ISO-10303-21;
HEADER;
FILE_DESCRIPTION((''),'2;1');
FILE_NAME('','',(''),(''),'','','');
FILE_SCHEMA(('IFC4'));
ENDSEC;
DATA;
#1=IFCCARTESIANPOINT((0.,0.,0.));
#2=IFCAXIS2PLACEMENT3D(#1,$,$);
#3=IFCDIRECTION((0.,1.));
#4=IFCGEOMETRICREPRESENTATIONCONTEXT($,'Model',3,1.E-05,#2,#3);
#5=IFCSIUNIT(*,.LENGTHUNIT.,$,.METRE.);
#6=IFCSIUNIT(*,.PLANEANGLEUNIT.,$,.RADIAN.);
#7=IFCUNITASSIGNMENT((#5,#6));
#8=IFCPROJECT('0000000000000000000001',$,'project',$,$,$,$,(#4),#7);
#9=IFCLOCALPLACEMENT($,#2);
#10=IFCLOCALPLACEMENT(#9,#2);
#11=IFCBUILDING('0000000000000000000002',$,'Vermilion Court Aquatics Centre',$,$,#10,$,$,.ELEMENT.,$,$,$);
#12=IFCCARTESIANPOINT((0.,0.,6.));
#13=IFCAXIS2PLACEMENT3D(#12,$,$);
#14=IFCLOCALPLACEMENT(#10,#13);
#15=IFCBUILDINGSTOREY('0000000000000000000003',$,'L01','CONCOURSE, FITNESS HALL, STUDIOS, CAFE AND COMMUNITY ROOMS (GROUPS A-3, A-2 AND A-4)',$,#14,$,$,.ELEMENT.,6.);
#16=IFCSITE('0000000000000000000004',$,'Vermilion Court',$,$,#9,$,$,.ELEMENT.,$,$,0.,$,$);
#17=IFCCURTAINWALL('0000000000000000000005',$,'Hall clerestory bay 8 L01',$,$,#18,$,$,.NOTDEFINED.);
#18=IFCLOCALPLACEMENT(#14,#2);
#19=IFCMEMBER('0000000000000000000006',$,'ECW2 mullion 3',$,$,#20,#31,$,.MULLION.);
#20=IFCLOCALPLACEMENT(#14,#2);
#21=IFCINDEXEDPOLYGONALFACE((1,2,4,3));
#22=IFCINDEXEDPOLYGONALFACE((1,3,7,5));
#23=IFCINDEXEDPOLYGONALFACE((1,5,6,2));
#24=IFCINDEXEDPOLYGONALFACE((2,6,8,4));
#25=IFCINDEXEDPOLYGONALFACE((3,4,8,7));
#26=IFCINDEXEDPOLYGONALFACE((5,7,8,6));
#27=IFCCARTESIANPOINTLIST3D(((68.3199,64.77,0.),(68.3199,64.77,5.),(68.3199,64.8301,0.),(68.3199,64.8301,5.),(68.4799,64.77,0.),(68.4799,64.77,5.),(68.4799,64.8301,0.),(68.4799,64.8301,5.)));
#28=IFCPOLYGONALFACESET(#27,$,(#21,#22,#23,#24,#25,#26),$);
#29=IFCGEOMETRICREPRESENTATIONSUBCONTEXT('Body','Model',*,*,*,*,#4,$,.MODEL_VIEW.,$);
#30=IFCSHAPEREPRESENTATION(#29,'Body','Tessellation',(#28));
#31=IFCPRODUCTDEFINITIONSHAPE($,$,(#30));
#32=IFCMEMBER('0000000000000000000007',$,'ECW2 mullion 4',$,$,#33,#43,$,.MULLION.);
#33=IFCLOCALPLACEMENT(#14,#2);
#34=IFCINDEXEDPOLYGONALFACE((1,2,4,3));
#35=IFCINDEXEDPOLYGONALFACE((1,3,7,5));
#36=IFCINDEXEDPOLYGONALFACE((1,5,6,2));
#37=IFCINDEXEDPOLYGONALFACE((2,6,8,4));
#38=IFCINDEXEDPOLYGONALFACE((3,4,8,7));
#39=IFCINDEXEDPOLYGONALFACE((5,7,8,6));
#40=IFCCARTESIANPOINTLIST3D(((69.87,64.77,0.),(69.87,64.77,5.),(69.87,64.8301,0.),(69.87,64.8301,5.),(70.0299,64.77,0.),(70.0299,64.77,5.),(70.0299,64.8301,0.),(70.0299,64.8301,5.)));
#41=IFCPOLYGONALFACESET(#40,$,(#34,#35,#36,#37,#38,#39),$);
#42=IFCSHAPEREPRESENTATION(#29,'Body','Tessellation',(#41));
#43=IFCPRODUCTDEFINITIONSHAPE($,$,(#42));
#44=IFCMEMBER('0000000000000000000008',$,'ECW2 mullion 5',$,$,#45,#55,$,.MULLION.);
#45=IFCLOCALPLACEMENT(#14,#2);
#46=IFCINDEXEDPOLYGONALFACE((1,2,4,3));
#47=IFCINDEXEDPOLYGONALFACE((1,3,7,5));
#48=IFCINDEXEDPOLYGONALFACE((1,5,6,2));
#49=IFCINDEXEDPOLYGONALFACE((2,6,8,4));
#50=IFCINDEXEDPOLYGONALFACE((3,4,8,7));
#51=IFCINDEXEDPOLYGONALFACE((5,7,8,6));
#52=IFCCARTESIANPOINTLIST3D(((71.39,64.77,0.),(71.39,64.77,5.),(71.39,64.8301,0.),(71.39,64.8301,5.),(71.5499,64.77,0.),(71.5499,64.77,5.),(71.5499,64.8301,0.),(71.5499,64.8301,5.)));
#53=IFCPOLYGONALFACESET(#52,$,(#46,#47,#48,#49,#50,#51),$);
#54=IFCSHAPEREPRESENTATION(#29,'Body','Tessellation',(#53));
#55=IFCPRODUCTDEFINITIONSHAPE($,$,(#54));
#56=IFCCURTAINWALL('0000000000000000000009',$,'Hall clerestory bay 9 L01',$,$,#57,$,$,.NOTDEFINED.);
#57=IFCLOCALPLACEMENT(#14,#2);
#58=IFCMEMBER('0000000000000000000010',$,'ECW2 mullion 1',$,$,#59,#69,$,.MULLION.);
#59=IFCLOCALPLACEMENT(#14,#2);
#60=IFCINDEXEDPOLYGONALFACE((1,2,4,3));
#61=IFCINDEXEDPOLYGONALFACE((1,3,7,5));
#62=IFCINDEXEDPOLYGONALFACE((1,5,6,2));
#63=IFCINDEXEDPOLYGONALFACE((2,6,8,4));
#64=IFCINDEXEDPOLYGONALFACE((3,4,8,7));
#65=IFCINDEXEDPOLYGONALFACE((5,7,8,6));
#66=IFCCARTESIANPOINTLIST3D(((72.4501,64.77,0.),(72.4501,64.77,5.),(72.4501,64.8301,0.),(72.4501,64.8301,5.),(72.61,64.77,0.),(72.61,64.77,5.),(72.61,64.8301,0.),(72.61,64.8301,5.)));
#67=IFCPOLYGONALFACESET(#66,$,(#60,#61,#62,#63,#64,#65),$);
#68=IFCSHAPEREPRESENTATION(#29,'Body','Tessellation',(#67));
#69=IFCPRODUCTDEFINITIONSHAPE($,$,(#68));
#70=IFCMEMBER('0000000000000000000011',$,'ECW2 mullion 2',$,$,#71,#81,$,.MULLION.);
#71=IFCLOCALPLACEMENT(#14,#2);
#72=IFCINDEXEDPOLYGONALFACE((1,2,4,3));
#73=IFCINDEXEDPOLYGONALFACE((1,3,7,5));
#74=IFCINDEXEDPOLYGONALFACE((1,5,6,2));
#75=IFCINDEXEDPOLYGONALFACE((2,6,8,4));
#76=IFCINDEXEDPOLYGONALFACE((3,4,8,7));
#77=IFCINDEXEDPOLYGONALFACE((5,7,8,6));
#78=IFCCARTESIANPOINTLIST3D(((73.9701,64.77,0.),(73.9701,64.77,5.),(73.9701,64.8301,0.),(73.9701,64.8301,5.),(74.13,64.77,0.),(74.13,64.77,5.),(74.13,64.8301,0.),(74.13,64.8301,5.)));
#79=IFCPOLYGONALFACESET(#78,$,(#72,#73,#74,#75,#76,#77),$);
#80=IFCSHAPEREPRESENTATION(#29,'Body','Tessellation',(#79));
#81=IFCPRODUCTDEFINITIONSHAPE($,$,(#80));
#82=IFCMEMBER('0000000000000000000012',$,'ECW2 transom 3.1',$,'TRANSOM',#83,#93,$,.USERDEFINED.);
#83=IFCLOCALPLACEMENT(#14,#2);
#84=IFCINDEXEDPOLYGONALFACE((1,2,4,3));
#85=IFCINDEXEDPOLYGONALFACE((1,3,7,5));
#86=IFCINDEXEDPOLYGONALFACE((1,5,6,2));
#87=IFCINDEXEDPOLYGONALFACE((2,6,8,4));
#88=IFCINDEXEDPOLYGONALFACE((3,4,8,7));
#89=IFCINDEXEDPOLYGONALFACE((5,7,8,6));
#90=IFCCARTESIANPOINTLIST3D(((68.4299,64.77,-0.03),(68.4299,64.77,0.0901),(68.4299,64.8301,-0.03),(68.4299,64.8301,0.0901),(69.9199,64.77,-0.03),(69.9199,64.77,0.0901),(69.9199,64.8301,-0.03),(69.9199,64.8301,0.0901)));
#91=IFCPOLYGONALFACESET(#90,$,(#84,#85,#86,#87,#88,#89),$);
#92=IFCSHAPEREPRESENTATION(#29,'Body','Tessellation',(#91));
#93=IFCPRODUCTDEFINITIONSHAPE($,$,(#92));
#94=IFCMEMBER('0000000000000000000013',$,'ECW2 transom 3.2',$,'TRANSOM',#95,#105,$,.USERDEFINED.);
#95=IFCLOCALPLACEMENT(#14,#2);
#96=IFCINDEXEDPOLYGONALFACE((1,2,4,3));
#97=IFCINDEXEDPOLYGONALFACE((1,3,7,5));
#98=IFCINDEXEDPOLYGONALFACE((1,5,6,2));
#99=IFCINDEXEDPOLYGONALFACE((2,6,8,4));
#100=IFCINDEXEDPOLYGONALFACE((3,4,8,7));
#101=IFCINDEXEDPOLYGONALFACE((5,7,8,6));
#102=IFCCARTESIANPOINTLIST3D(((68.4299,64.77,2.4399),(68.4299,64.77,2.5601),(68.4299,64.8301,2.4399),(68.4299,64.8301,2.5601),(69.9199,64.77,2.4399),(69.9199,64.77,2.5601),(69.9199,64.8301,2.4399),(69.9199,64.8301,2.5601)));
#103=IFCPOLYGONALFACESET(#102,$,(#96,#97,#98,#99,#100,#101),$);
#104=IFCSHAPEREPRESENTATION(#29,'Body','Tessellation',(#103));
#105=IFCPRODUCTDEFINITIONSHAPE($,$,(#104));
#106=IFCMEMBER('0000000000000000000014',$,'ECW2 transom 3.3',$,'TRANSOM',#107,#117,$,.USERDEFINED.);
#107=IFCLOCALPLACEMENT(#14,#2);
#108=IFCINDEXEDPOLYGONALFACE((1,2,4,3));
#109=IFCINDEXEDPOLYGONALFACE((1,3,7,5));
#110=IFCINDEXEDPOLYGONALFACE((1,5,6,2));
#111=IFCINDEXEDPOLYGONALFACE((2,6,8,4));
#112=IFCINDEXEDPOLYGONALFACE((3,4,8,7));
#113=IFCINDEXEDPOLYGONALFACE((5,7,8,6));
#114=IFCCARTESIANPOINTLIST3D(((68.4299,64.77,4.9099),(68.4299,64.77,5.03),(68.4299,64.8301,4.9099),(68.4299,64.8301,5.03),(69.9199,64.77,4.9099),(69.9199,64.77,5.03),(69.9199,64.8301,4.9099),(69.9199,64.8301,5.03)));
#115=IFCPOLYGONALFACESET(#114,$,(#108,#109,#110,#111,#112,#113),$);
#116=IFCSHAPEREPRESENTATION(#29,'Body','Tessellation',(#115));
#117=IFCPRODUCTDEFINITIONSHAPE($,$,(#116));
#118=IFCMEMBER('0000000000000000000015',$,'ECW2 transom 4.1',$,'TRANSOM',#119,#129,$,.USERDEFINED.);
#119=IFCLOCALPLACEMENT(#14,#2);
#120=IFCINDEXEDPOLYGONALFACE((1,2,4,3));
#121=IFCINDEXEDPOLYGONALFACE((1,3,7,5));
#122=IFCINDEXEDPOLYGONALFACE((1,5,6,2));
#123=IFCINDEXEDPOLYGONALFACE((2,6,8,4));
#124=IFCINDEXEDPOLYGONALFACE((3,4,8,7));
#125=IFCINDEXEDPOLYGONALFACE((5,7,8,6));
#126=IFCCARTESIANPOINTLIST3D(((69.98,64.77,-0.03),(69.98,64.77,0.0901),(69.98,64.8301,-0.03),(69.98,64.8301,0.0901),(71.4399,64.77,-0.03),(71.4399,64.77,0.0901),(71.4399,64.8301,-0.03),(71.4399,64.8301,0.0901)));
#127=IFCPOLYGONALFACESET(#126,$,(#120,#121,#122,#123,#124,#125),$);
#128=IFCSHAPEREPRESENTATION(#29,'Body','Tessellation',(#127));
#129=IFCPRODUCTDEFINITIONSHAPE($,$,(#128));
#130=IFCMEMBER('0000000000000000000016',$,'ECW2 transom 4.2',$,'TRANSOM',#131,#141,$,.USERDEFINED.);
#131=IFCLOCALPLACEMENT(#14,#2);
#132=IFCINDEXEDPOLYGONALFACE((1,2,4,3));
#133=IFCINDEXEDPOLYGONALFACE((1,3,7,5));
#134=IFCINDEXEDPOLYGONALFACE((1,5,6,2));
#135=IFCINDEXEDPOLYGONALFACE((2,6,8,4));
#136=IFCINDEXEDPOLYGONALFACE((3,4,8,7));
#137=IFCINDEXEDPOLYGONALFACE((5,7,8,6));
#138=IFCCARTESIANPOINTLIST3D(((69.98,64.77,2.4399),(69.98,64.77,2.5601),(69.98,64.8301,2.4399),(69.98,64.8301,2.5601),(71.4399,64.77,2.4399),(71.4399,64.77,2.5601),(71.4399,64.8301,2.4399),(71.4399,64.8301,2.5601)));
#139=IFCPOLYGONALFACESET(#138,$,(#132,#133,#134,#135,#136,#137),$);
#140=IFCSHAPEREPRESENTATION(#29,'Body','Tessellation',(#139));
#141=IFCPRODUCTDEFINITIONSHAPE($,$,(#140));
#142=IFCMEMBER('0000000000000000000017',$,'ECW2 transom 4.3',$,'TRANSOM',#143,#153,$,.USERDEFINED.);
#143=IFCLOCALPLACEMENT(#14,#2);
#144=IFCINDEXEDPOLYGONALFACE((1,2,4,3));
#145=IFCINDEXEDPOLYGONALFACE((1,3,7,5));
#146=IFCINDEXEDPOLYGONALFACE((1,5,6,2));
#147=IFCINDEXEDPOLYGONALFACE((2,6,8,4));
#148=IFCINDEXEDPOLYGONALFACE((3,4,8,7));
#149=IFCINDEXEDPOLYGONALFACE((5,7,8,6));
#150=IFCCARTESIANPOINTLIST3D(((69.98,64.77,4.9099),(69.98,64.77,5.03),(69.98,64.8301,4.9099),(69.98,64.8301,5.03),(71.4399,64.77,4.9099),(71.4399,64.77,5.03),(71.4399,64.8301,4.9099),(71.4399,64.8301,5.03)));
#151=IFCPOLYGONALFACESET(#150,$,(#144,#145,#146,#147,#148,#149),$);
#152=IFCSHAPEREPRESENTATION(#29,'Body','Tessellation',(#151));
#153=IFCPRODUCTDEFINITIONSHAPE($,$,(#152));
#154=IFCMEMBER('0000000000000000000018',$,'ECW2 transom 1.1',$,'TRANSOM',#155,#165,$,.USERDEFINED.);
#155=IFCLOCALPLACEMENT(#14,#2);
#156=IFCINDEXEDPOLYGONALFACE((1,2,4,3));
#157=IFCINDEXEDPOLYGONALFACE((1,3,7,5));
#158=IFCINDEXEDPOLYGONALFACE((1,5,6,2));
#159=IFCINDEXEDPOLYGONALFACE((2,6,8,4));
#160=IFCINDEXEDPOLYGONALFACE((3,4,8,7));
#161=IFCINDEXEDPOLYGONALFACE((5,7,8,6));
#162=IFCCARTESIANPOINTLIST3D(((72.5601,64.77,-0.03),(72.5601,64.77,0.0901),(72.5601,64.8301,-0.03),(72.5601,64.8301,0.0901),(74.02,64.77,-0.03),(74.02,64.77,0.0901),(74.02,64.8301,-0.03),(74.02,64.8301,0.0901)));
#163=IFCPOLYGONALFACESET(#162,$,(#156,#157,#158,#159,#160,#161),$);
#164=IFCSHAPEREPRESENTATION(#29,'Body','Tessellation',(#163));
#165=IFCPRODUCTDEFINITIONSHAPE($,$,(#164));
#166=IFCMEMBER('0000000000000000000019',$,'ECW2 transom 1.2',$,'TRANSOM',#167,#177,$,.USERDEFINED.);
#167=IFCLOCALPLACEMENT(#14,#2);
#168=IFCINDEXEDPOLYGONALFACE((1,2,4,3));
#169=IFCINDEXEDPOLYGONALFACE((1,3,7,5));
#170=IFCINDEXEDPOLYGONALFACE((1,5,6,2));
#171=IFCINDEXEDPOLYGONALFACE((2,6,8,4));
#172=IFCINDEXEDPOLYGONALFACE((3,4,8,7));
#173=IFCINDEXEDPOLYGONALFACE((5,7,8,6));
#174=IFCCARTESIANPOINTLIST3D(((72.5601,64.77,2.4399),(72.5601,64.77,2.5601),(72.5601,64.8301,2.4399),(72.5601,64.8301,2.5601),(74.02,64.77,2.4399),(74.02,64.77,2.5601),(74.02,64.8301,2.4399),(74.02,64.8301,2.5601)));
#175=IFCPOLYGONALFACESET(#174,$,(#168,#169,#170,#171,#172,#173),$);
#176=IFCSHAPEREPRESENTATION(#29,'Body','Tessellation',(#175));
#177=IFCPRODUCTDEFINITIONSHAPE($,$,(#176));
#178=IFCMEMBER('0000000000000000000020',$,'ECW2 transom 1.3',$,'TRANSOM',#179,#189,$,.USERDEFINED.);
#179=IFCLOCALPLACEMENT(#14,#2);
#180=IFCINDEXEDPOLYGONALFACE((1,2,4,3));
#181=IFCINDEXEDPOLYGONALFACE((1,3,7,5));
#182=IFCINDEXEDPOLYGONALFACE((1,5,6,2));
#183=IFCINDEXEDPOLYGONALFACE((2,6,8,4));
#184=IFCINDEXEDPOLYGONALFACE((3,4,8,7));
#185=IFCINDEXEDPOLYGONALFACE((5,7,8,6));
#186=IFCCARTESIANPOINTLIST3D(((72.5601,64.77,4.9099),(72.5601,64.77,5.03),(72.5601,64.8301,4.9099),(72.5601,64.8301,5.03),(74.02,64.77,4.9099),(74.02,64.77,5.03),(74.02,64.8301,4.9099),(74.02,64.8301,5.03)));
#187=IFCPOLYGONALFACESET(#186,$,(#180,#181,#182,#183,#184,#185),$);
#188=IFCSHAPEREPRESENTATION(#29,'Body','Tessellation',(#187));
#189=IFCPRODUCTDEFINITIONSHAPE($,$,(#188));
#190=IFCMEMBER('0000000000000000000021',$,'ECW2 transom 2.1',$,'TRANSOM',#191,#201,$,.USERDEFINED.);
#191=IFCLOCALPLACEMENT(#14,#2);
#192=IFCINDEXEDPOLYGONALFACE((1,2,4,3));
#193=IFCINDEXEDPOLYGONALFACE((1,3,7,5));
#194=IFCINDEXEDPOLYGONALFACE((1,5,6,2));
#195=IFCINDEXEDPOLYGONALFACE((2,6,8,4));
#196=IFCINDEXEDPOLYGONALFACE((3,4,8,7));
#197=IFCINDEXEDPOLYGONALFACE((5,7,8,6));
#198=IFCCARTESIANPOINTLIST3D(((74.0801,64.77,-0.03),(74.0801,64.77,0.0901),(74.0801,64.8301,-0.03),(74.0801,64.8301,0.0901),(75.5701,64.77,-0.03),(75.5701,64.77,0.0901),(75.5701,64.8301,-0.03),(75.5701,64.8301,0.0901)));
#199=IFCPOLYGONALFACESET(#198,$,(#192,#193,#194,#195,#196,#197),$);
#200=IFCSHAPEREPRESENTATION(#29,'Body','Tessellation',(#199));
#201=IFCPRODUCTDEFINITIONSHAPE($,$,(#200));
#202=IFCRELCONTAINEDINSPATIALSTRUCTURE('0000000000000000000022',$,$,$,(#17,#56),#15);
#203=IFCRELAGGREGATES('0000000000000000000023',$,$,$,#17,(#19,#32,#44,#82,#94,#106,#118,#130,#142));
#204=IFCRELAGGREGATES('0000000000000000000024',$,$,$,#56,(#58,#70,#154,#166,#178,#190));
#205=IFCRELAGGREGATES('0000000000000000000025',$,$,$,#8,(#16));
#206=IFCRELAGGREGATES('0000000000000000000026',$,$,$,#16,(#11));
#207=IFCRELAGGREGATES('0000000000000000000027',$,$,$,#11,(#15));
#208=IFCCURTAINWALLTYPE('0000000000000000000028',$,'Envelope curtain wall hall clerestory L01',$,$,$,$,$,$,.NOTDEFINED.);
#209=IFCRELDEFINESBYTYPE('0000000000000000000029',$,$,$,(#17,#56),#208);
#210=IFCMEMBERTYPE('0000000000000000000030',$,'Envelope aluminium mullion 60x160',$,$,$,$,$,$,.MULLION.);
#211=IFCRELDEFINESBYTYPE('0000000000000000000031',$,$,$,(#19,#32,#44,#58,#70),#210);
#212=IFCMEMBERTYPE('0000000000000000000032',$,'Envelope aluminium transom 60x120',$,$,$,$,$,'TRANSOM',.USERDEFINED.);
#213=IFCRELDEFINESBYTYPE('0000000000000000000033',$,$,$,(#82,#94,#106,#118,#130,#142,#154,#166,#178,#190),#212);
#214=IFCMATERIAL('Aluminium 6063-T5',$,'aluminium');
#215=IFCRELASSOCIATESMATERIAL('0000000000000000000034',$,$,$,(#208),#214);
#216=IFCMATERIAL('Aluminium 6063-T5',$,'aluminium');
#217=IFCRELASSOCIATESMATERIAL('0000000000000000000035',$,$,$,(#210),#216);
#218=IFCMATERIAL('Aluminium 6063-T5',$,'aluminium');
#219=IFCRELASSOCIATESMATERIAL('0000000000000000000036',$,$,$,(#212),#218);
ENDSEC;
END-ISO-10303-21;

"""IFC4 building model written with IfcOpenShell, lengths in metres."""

from ifc_helpers import new_model, si_unit, direction, frame, origin, origin_2d, place, context, subcontext, project, spatial, rectangle, extrude, material, material_profile, profile_set, type_object, element, aggregate, save


model = new_model("IFC4")

# Units and contexts
model_context = context("Model", 3, precision=1e-05, world=origin(), true_north=direction((0.0, 1.0)))
body_context = subcontext(model_context, "Body", "Model", "MODEL_VIEW")
ifc_project = project(units=[si_unit("LENGTHUNIT", "METRE"), si_unit("PLANEANGLEUNIT", "RADIAN")], contexts=[model_context])

# Site, building, storey
site_placement = place(None, origin())
site = spatial("IfcSite", under=ifc_project, at=site_placement, Name="Vermilion Court", CompositionType="ELEMENT", RefElevation=0.0)
building_placement = place(site_placement, origin())
building = spatial("IfcBuilding", under=site, at=building_placement, Name="Vermilion Court Aquatics Centre", CompositionType="ELEMENT")
storey_placement = place(building_placement, frame((0.0, 0.0, 6.0)))
storey = spatial("IfcBuildingStorey", under=building, at=storey_placement, Name="L01", Description="CONCOURSE, FITNESS HALL, STUDIOS, CAFE AND COMMUNITY ROOMS (GROUPS A-3, A-2 AND A-4)", CompositionType="ELEMENT", Elevation=6.0)

# Curtain walls, members
ifc_material_1 = material(Name="Aluminium 6063-T5", Category="aluminium")
curtain_wall_type = type_object("IfcCurtainWallType", Name="Envelope curtain wall hall clerestory L01", PredefinedType="NOTDEFINED", material=ifc_material_1)
curtain_wall_1_placement = place(storey_placement, origin())
curtain_wall_1 = element("IfcCurtainWall", 1, at=curtain_wall_1_placement, inside=storey, type_object=curtain_wall_type, Name="Hall clerestory bay 8 L01", PredefinedType="NOTDEFINED")
ifc_material_2 = material(Name="Aluminium 6063-T5", Category="aluminium")
ifc_material_profile_1 = material_profile(ifc_material_2, rectangle(XDim=0.0601, YDim=0.1599, at=origin_2d()), Name="AL 60x160")
ifc_profile_set_1 = profile_set([ifc_material_profile_1], Name="Aluminium 6063-T5")
member_type_1 = type_object("IfcMemberType", Name="Envelope aluminium mullion 60x160", PredefinedType="MULLION", material=ifc_profile_set_1)
member_1_placement = place(storey_placement, frame((68.3999, 64.8, 0.0), z_axis=(0.0, 0.0, 1.0), x_axis=(0.0, 1.0, 0.0)))
member_1 = element("IfcMember", 2, at=member_1_placement, type_object=member_type_1, Name="ECW2 mullion 3", PredefinedType="MULLION", context=body_context, shape_type="SweptSolid", body=[
    extrude(rectangle(XDim=0.0601, YDim=0.1599, at=origin_2d()), origin(), (0.0, 0.0, 1.0), 5.0),
])
member_2_placement = place(storey_placement, frame((69.95, 64.8, 0.0), z_axis=(0.0, 0.0, 1.0), x_axis=(0.0, 1.0, 0.0)))
member_2 = element("IfcMember", 3, at=member_2_placement, type_object=member_type_1, Name="ECW2 mullion 4", PredefinedType="MULLION", context=body_context, shape_type="SweptSolid", body=[
    extrude(rectangle(XDim=0.0601, YDim=0.1599, at=origin_2d()), origin(), (0.0, 0.0, 1.0), 5.0),
])
member_3_placement = place(storey_placement, frame((71.47, 64.8, 0.0), z_axis=(0.0, 0.0, 1.0), x_axis=(0.0, 1.0, 0.0)))
member_3 = element("IfcMember", 4, at=member_3_placement, type_object=member_type_1, Name="ECW2 mullion 5", PredefinedType="MULLION", context=body_context, shape_type="SweptSolid", body=[
    extrude(rectangle(XDim=0.0601, YDim=0.1599, at=origin_2d()), origin(), (0.0, 0.0, 1.0), 5.0),
])
curtain_wall_2_placement = place(storey_placement, origin())
curtain_wall_2 = element("IfcCurtainWall", 5, at=curtain_wall_2_placement, inside=storey, type_object=curtain_wall_type, Name="Hall clerestory bay 9 L01", PredefinedType="NOTDEFINED")
member_4_placement = place(storey_placement, frame((72.53, 64.8, 0.0), z_axis=(0.0, 0.0, 1.0), x_axis=(0.0, 1.0, 0.0)))
member_4 = element("IfcMember", 6, at=member_4_placement, type_object=member_type_1, Name="ECW2 mullion 1", PredefinedType="MULLION", context=body_context, shape_type="SweptSolid", body=[
    extrude(rectangle(XDim=0.0601, YDim=0.1599, at=origin_2d()), origin(), (0.0, 0.0, 1.0), 5.0),
])
member_5_placement = place(storey_placement, frame((74.05, 64.8, 0.0), z_axis=(0.0, 0.0, 1.0), x_axis=(0.0, 1.0, 0.0)))
member_5 = element("IfcMember", 7, at=member_5_placement, type_object=member_type_1, Name="ECW2 mullion 2", PredefinedType="MULLION", context=body_context, shape_type="SweptSolid", body=[
    extrude(rectangle(XDim=0.0601, YDim=0.1599, at=origin_2d()), origin(), (0.0, 0.0, 1.0), 5.0),
])

# Members
ifc_material_3 = material(Name="Aluminium 6063-T5", Category="aluminium")
ifc_material_profile_2 = material_profile(ifc_material_3, rectangle(XDim=0.0601, YDim=0.1201, at=origin_2d()), Name="AL 60x120")
ifc_profile_set_2 = profile_set([ifc_material_profile_2], Name="Aluminium 6063-T5")
member_type_2 = type_object("IfcMemberType", Name="Envelope aluminium transom 60x120", ElementType="TRANSOM", PredefinedType="USERDEFINED", material=ifc_profile_set_2)
member_6_placement = place(storey_placement, frame((68.4299, 64.8, 0.03), z_axis=(1.0, 0.0, 0.0), x_axis=(0.0, 1.0, 0.0)))
member_6 = element("IfcMember", 8, at=member_6_placement, type_object=member_type_2, Name="ECW2 transom 3.1", ObjectType="TRANSOM", PredefinedType="USERDEFINED", context=body_context, shape_type="SweptSolid", body=[
    extrude(rectangle(XDim=0.0601, YDim=0.1201, at=origin_2d()), origin(), (0.0, 0.0, 1.0), 1.49),
])
member_7_placement = place(storey_placement, frame((68.4299, 64.8, 2.5), z_axis=(1.0, 0.0, 0.0), x_axis=(0.0, 1.0, 0.0)))
member_7 = element("IfcMember", 9, at=member_7_placement, type_object=member_type_2, Name="ECW2 transom 3.2", ObjectType="TRANSOM", PredefinedType="USERDEFINED", context=body_context, shape_type="SweptSolid", body=[
    extrude(rectangle(XDim=0.0601, YDim=0.1201, at=origin_2d()), origin(), (0.0, 0.0, 1.0), 1.49),
])
member_8_placement = place(storey_placement, frame((68.4299, 64.8, 4.97), z_axis=(1.0, 0.0, 0.0), x_axis=(0.0, 1.0, 0.0)))
member_8 = element("IfcMember", 10, at=member_8_placement, type_object=member_type_2, Name="ECW2 transom 3.3", ObjectType="TRANSOM", PredefinedType="USERDEFINED", context=body_context, shape_type="SweptSolid", body=[
    extrude(rectangle(XDim=0.0601, YDim=0.1201, at=origin_2d()), origin(), (0.0, 0.0, 1.0), 1.49),
])
member_9_placement = place(storey_placement, frame((69.98, 64.8, 0.03), z_axis=(1.0, 0.0, 0.0), x_axis=(0.0, 1.0, 0.0)))
member_9 = element("IfcMember", 11, at=member_9_placement, type_object=member_type_2, Name="ECW2 transom 4.1", ObjectType="TRANSOM", PredefinedType="USERDEFINED", context=body_context, shape_type="SweptSolid", body=[
    extrude(rectangle(XDim=0.0601, YDim=0.1201, at=origin_2d()), origin(), (0.0, 0.0, 1.0), 1.46),
])
member_10_placement = place(storey_placement, frame((69.98, 64.8, 2.5), z_axis=(1.0, 0.0, 0.0), x_axis=(0.0, 1.0, 0.0)))
member_10 = element("IfcMember", 12, at=member_10_placement, type_object=member_type_2, Name="ECW2 transom 4.2", ObjectType="TRANSOM", PredefinedType="USERDEFINED", context=body_context, shape_type="SweptSolid", body=[
    extrude(rectangle(XDim=0.0601, YDim=0.1201, at=origin_2d()), origin(), (0.0, 0.0, 1.0), 1.46),
])
member_11_placement = place(storey_placement, frame((69.98, 64.8, 4.97), z_axis=(1.0, 0.0, 0.0), x_axis=(0.0, 1.0, 0.0)))
member_11 = element("IfcMember", 13, at=member_11_placement, type_object=member_type_2, Name="ECW2 transom 4.3", ObjectType="TRANSOM", PredefinedType="USERDEFINED", context=body_context, shape_type="SweptSolid", body=[
    extrude(rectangle(XDim=0.0601, YDim=0.1201, at=origin_2d()), origin(), (0.0, 0.0, 1.0), 1.46),
])
member_12_placement = place(storey_placement, frame((72.5601, 64.8, 0.03), z_axis=(1.0, 0.0, 0.0), x_axis=(0.0, 1.0, 0.0)))
member_12 = element("IfcMember", 14, at=member_12_placement, type_object=member_type_2, Name="ECW2 transom 1.1", ObjectType="TRANSOM", PredefinedType="USERDEFINED", context=body_context, shape_type="SweptSolid", body=[
    extrude(rectangle(XDim=0.0601, YDim=0.1201, at=origin_2d()), origin(), (0.0, 0.0, 1.0), 1.46),
])
member_13_placement = place(storey_placement, frame((72.5601, 64.8, 2.5), z_axis=(1.0, 0.0, 0.0), x_axis=(0.0, 1.0, 0.0)))
member_13 = element("IfcMember", 15, at=member_13_placement, type_object=member_type_2, Name="ECW2 transom 1.2", ObjectType="TRANSOM", PredefinedType="USERDEFINED", context=body_context, shape_type="SweptSolid", body=[
    extrude(rectangle(XDim=0.0601, YDim=0.1201, at=origin_2d()), origin(), (0.0, 0.0, 1.0), 1.46),
])
member_14_placement = place(storey_placement, frame((72.5601, 64.8, 4.97), z_axis=(1.0, 0.0, 0.0), x_axis=(0.0, 1.0, 0.0)))
member_14 = element("IfcMember", 16, at=member_14_placement, type_object=member_type_2, Name="ECW2 transom 1.3", ObjectType="TRANSOM", PredefinedType="USERDEFINED", context=body_context, shape_type="SweptSolid", body=[
    extrude(rectangle(XDim=0.0601, YDim=0.1201, at=origin_2d()), origin(), (0.0, 0.0, 1.0), 1.46),
])
member_15_placement = place(storey_placement, frame((74.0801, 64.8, 0.03), z_axis=(1.0, 0.0, 0.0), x_axis=(0.0, 1.0, 0.0)))
member_15 = element("IfcMember", 17, at=member_15_placement, type_object=member_type_2, Name="ECW2 transom 2.1", ObjectType="TRANSOM", PredefinedType="USERDEFINED", context=body_context, shape_type="SweptSolid", body=[
    extrude(rectangle(XDim=0.0601, YDim=0.1201, at=origin_2d()), origin(), (0.0, 0.0, 1.0), 1.49),
])

aggregate(curtain_wall_1, [member_1, member_2, member_3, member_6, member_7, member_8, member_9, member_10, member_11])
aggregate(curtain_wall_2, [member_4, member_5, member_12, member_13, member_14, member_15])

save(model, "model.ifc")
